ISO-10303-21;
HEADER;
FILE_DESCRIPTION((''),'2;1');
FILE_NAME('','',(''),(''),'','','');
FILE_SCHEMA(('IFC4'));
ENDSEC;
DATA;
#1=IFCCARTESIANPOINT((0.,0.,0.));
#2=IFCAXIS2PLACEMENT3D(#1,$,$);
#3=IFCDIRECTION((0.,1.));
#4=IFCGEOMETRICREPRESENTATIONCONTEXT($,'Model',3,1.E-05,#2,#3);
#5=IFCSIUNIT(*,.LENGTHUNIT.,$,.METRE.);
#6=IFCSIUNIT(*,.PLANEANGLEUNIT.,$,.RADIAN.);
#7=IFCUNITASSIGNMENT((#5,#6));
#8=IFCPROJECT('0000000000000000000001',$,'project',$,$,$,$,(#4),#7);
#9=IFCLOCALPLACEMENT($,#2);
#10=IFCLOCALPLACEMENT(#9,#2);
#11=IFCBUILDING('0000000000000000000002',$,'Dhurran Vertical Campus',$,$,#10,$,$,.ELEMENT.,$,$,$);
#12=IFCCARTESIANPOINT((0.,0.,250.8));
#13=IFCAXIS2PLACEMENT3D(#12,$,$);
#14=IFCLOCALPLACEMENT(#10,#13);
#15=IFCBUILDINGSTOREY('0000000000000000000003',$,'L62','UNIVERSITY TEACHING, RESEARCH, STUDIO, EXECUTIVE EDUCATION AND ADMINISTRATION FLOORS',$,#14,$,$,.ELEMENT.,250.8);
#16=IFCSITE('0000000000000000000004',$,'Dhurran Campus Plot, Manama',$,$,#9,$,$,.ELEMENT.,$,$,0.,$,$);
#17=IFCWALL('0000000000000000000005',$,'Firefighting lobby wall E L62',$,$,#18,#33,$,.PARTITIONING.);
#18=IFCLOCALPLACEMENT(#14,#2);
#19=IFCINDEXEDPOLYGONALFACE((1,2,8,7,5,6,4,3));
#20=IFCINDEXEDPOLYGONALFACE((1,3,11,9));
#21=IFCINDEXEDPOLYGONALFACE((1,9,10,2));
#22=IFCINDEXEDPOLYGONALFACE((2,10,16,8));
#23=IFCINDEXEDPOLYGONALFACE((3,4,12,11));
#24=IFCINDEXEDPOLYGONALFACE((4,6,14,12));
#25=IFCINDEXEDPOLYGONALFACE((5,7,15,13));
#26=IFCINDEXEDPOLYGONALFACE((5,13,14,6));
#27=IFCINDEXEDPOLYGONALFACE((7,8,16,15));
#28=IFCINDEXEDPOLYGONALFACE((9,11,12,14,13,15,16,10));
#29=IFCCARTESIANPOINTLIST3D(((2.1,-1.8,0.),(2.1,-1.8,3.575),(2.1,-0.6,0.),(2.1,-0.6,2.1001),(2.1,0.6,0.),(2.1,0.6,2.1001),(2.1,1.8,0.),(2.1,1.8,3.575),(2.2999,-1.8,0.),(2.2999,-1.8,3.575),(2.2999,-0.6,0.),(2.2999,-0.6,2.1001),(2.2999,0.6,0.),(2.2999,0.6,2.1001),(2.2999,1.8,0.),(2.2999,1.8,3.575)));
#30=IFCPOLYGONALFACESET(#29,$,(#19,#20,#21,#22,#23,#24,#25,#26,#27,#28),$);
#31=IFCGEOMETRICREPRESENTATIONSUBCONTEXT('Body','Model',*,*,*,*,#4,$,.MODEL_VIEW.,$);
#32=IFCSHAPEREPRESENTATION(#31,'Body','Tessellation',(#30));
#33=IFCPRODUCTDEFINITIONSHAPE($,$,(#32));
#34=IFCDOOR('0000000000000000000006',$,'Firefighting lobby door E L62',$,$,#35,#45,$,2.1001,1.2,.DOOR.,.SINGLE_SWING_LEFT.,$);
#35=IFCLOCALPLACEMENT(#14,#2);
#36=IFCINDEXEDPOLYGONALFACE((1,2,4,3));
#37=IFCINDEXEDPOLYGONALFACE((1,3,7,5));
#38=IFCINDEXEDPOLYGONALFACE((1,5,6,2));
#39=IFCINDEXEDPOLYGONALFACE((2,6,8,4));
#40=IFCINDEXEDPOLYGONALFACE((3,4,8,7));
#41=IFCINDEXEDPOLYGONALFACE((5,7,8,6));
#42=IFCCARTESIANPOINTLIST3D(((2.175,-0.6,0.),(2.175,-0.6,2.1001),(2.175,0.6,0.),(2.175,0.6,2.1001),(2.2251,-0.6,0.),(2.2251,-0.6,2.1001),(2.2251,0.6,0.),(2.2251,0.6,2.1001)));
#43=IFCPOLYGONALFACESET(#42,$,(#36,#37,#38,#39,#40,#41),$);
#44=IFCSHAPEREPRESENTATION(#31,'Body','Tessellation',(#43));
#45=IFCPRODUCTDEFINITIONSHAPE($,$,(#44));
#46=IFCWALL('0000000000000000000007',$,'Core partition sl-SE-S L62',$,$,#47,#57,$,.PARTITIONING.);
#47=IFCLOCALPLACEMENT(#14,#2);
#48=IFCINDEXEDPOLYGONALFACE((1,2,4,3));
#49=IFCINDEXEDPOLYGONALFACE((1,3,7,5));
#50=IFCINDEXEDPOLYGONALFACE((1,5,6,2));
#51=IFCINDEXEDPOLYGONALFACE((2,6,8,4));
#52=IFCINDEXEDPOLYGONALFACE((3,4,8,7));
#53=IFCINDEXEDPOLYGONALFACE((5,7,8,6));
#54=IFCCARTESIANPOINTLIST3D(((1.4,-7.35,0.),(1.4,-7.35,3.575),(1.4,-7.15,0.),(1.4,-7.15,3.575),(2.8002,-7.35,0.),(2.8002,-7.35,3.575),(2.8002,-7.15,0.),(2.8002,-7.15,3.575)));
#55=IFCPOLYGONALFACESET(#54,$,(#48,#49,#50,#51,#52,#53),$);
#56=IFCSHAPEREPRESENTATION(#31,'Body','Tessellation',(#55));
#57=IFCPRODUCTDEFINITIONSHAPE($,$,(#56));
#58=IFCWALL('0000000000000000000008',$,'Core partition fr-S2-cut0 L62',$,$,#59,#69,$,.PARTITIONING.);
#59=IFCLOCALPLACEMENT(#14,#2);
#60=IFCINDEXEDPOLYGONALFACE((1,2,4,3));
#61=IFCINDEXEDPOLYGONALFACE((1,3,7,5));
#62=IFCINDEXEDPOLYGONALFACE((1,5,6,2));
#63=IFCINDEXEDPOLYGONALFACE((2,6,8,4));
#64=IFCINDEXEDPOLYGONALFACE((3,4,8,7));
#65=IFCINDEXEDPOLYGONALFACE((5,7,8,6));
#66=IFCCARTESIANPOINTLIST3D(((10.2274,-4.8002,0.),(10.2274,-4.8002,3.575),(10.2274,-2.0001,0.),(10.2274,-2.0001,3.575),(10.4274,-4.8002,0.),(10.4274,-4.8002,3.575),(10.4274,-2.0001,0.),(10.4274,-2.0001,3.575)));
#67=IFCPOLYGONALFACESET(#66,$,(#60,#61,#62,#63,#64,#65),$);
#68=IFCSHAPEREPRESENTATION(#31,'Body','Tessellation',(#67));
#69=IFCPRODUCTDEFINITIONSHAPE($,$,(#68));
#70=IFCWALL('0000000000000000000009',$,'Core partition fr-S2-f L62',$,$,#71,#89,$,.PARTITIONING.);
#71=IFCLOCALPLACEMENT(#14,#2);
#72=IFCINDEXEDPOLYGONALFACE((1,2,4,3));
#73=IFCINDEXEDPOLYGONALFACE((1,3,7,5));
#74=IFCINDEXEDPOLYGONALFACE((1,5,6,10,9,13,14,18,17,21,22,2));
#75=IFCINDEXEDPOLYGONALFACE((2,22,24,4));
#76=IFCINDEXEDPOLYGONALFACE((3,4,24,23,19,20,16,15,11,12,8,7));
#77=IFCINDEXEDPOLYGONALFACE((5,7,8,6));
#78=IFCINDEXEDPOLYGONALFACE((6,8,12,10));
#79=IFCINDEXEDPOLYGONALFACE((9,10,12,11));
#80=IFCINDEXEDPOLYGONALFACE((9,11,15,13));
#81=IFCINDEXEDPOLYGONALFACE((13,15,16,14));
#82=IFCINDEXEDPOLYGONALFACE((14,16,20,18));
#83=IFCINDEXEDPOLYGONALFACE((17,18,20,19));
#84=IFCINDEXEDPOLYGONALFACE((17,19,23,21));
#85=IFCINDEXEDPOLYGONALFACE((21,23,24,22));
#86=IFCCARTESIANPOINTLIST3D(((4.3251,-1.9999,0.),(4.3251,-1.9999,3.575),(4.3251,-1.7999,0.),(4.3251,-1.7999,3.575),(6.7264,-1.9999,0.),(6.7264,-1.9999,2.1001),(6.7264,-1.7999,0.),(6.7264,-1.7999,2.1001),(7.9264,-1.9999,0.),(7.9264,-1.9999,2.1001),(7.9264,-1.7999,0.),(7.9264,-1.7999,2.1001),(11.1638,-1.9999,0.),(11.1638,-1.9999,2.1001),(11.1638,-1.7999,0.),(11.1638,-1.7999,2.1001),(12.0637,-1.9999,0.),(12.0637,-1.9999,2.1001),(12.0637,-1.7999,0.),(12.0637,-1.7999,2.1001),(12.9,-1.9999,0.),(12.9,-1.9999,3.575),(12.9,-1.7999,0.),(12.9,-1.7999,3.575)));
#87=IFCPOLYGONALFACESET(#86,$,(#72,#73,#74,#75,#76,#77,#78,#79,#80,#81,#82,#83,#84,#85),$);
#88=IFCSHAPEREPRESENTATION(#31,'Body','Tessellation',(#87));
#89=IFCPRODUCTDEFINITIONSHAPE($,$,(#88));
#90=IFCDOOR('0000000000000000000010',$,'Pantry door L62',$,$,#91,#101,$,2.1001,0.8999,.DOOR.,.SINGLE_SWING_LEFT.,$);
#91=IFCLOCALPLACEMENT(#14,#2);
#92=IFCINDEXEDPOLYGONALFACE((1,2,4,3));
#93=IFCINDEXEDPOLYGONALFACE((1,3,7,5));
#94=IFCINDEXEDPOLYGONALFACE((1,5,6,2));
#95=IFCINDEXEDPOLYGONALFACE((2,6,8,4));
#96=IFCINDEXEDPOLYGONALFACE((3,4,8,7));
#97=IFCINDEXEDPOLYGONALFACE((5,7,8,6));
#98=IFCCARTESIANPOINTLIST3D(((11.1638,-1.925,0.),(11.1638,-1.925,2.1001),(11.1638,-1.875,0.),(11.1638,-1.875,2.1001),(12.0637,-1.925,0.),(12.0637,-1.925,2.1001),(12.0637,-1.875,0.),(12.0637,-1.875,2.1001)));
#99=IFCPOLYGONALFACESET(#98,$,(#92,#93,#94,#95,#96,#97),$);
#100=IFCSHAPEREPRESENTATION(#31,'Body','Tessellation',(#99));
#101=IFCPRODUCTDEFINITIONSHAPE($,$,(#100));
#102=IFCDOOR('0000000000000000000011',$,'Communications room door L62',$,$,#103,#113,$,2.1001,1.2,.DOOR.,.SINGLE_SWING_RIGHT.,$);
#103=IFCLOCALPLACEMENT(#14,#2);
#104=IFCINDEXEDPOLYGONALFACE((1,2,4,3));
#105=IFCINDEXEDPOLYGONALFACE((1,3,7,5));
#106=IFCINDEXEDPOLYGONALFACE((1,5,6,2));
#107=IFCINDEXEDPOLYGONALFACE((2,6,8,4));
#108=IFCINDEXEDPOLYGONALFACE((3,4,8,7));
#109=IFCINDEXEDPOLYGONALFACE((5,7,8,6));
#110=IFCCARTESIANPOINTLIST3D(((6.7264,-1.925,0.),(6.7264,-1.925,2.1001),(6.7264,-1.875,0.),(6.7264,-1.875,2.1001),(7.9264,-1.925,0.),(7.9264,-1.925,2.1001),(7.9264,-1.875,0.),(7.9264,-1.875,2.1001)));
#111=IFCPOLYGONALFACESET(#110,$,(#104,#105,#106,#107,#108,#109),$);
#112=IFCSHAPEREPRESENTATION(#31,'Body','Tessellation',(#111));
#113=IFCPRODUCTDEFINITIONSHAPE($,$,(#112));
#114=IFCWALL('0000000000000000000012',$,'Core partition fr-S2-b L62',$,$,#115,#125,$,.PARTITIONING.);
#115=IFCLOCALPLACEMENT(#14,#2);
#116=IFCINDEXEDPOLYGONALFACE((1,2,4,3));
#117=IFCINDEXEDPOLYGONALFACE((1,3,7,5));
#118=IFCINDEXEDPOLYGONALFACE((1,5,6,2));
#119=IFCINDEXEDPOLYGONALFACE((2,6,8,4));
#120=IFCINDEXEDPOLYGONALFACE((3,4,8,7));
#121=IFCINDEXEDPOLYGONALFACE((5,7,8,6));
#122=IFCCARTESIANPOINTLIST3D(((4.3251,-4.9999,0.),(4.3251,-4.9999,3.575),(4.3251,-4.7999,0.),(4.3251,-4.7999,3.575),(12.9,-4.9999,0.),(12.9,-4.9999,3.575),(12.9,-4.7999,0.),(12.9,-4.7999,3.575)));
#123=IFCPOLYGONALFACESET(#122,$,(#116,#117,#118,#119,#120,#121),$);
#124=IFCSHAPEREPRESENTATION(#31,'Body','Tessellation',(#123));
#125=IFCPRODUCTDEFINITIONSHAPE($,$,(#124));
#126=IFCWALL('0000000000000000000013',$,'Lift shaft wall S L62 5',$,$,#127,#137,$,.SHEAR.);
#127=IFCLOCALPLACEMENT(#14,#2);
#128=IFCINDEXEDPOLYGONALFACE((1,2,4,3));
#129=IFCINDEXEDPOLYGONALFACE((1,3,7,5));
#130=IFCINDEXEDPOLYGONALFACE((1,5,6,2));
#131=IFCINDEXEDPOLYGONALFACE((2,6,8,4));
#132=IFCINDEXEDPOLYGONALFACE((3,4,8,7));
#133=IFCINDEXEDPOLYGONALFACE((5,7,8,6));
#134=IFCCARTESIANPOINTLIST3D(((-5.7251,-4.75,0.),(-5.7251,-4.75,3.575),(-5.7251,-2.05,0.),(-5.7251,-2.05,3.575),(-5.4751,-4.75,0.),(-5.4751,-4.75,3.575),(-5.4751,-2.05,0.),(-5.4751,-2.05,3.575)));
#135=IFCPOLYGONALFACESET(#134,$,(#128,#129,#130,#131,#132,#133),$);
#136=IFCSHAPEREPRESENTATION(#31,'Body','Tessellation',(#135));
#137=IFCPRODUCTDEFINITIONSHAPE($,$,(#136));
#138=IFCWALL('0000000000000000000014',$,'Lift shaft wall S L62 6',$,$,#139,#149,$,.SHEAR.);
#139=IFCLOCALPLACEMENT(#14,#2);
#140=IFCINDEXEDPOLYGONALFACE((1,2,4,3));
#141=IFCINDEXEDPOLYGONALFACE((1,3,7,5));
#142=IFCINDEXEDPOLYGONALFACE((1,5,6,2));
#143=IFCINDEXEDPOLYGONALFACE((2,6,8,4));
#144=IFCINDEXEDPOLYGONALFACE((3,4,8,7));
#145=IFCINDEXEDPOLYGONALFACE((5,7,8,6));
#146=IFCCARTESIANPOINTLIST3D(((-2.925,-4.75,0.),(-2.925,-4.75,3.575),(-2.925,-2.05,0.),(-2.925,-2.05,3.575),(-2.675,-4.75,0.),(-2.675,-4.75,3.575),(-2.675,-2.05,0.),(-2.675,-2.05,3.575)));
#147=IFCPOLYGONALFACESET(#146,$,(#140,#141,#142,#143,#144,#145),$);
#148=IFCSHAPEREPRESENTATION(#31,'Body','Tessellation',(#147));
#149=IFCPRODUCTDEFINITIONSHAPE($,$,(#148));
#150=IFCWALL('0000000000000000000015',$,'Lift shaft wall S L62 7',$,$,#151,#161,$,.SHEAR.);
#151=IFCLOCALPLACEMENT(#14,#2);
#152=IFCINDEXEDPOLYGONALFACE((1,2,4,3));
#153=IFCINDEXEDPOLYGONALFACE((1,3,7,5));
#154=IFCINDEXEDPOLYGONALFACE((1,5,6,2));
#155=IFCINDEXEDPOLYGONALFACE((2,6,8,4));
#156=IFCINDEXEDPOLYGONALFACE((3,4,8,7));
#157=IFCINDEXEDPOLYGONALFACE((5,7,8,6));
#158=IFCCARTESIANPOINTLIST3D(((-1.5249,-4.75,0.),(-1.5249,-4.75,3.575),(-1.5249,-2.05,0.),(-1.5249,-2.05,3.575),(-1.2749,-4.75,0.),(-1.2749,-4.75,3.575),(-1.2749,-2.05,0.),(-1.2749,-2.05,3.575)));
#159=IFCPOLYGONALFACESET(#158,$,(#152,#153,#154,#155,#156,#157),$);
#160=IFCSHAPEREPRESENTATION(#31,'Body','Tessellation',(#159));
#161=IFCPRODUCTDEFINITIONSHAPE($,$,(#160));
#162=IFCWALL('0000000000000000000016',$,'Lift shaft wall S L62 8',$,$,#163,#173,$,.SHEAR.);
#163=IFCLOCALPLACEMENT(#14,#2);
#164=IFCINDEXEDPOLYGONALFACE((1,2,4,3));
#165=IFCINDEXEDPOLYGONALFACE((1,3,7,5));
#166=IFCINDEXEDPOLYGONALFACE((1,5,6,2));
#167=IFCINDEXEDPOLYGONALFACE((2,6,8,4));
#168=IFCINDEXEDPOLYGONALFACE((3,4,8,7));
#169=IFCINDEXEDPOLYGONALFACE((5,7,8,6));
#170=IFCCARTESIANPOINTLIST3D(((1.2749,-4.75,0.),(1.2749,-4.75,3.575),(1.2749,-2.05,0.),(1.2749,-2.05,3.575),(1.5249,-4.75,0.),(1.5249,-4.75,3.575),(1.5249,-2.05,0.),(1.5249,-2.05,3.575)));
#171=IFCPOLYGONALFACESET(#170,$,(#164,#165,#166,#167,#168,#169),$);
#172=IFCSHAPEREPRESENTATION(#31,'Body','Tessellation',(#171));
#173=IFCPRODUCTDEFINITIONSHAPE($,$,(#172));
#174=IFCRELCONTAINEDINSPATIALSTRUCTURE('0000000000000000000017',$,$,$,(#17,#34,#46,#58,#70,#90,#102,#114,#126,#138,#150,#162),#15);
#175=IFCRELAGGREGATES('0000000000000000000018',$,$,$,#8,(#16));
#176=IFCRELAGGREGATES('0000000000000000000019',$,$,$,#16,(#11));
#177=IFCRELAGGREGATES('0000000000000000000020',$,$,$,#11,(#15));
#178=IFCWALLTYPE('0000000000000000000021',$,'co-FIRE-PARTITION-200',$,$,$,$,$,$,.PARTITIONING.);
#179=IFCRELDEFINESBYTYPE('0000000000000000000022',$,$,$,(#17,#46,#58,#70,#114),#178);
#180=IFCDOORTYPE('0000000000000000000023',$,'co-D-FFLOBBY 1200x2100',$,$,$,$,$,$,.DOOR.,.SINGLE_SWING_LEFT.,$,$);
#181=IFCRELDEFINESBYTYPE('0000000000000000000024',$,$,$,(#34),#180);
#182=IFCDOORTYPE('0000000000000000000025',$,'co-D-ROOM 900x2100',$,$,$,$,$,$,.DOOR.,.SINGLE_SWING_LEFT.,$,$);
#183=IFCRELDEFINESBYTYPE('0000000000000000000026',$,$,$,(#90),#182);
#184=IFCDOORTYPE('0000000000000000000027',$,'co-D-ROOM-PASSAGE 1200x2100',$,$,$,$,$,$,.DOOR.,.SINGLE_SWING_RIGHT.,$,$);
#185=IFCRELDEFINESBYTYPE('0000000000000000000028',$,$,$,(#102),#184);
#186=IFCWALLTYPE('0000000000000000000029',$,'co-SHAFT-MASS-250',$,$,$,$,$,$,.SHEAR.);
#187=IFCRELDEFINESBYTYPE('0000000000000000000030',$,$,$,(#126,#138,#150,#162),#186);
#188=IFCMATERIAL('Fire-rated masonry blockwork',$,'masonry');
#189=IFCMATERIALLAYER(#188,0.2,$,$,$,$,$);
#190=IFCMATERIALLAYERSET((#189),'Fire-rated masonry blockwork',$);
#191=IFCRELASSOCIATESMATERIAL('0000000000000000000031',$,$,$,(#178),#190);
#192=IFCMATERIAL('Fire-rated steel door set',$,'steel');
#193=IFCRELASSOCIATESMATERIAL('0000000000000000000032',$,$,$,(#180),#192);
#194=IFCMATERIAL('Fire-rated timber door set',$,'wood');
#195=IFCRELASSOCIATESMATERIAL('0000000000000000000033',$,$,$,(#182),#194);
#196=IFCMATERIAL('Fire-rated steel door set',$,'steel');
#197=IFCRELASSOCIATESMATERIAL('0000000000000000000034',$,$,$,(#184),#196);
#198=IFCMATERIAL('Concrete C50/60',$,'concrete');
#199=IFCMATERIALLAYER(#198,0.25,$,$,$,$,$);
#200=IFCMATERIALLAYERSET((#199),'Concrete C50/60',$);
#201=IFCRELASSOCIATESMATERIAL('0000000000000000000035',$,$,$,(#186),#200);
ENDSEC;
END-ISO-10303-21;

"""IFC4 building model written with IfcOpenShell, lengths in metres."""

from ifc_helpers import new_model, si_unit, direction, frame, frame_2d, origin, place, context, subcontext, project, spatial, polyline, rectangle, outline, extrude, material, layer, layer_set, type_object, element, fill, save


model = new_model("IFC4")

# Units and contexts
model_context = context("Model", 3, precision=1e-05, world=origin(), true_north=direction((0.0, 1.0)))
body_context = subcontext(model_context, "Body", "Model", "MODEL_VIEW")
ifc_project = project(units=[si_unit("LENGTHUNIT", "METRE"), si_unit("PLANEANGLEUNIT", "RADIAN")], contexts=[model_context])

# Site, building, storey
site_placement = place(None, origin())
site = spatial("IfcSite", under=ifc_project, at=site_placement, Name="Dhurran Campus Plot, Manama", CompositionType="ELEMENT", RefElevation=0.0)
building_placement = place(site_placement, origin())
building = spatial("IfcBuilding", under=site, at=building_placement, Name="Dhurran Vertical Campus", CompositionType="ELEMENT")
storey_placement = place(building_placement, frame((0.0, 0.0, 250.8)))
storey = spatial("IfcBuildingStorey", under=building, at=storey_placement, Name="L62", Description="UNIVERSITY TEACHING, RESEARCH, STUDIO, EXECUTIVE EDUCATION AND ADMINISTRATION FLOORS", CompositionType="ELEMENT", Elevation=250.8)

# Wall, opening, door
ifc_material_1 = material(Name="Fire-rated masonry blockwork", Category="masonry")
ifc_layer_1 = layer(ifc_material_1, 0.2)
ifc_layer_set_1 = layer_set([ifc_layer_1], Name="Fire-rated masonry blockwork")
wall_type_1 = type_object("IfcWallType", Name="co-FIRE-PARTITION-200", PredefinedType="PARTITIONING", material=ifc_layer_set_1)
wall_1_placement = place(storey_placement, frame((2.2, -1.8, 0.0), z_axis=(0.0, 0.0, 1.0), x_axis=(0.0, 1.0, 0.0)))
wall_1 = element("IfcWall", 1, at=wall_1_placement, inside=storey, type_object=wall_type_1, Name="Firefighting lobby wall E L62", PredefinedType="PARTITIONING", context=body_context, shape_type="SweptSolid", body=[
    extrude(rectangle(XDim=3.6001, YDim=0.2, at=frame_2d((1.8, 0.0))), origin(), (0.0, 0.0, 1.0), 3.575),
])
opening_1_placement = place(wall_1_placement, frame((1.2, 0.0, 0.0)))
opening_1 = element("IfcOpeningElement", 2, at=opening_1_placement, cuts=wall_1, PredefinedType="OPENING", context=body_context, shape_type="SweptSolid", body=[
    extrude(rectangle(XDim=1.2, YDim=2.1001, at=frame_2d((0.6001, 1.05))), frame((0.0, 0.1099, 0.0), z_axis=(0.0, -1.0, 0.0), x_axis=(1.0, 0.0, 0.0)), (0.0, 0.0, 1.0), 0.22),
])
ifc_material_2 = material(Name="Fire-rated steel door set", Category="steel")
door_type_1 = type_object("IfcDoorType", Name="co-D-FFLOBBY 1200x2100", OperationType="SINGLE_SWING_LEFT", PredefinedType="DOOR", material=ifc_material_2)
door_1_placement = place(opening_1_placement, origin())
door_1 = element("IfcDoor", 3, at=door_1_placement, inside=storey, type_object=door_type_1, Name="Firefighting lobby door E L62", OperationType="SINGLE_SWING_LEFT", OverallHeight=2.1001, OverallWidth=1.2, PredefinedType="DOOR", context=body_context, shape_type="SweptSolid", body=[
    extrude(rectangle(XDim=1.2, YDim=2.1001, at=frame_2d((0.6001, 1.05))), frame((0.0, 0.0249, 0.0), z_axis=(0.0, -1.0, 0.0), x_axis=(1.0, 0.0, 0.0)), (0.0, 0.0, 1.0), 0.05),
])
fill(opening_1, door_1)

# Walls
wall_2_placement = place(storey_placement, frame((1.3999, -7.25, 0.0), z_axis=(0.0, 0.0, 1.0), x_axis=(1.0, 0.0, 0.0)))
element("IfcWall", 4, at=wall_2_placement, inside=storey, type_object=wall_type_1, Name="Core partition sl-SE-S L62", PredefinedType="PARTITIONING", context=body_context, shape_type="SweptSolid", body=[
    extrude(rectangle(XDim=1.4001, YDim=0.2, at=frame_2d((0.7002, 0.0))), origin(), (0.0, 0.0, 1.0), 3.575),
])
wall_3_placement = place(storey_placement, frame((10.3274, -4.8, 0.0), z_axis=(0.0, 0.0, 1.0), x_axis=(0.0, 1.0, 0.0)))
element("IfcWall", 5, at=wall_3_placement, inside=storey, type_object=wall_type_1, Name="Core partition fr-S2-cut0 L62", PredefinedType="PARTITIONING", context=body_context, shape_type="SweptSolid", body=[
    extrude(rectangle(XDim=2.8, YDim=0.2, at=frame_2d((1.3999, 0.0))), origin(), (0.0, 0.0, 1.0), 3.575),
])

# Wall, openings, doors
wall_4_placement = place(storey_placement, frame((4.325, -1.8999, 0.0), z_axis=(0.0, 0.0, 1.0), x_axis=(1.0, 0.0, 0.0)))
wall_4 = element("IfcWall", 6, at=wall_4_placement, inside=storey, type_object=wall_type_1, Name="Core partition fr-S2-f L62", PredefinedType="PARTITIONING", context=body_context, shape_type="SweptSolid", body=[
    extrude(rectangle(XDim=8.575, YDim=0.2, at=frame_2d((4.2876, 0.0))), origin(), (0.0, 0.0, 1.0), 3.575),
])
opening_2_placement = place(wall_4_placement, frame((2.4014, 0.0, 0.0)))
opening_2 = element("IfcOpeningElement", 7, at=opening_2_placement, cuts=wall_4, PredefinedType="OPENING", context=body_context, shape_type="SweptSolid", body=[
    extrude(rectangle(XDim=1.2, YDim=2.1001, at=frame_2d((0.6001, 1.05))), frame((0.0, 0.1099, 0.0), z_axis=(0.0, -1.0, 0.0), x_axis=(1.0, 0.0, 0.0)), (0.0, 0.0, 1.0), 0.22),
])
opening_3_placement = place(wall_4_placement, frame((6.8389, 0.0, 0.0)))
opening_3 = element("IfcOpeningElement", 8, at=opening_3_placement, cuts=wall_4, PredefinedType="OPENING", context=body_context, shape_type="SweptSolid", body=[
    extrude(rectangle(XDim=0.8999, YDim=2.1001, at=frame_2d((0.45, 1.05))), frame((0.0, 0.1099, 0.0), z_axis=(0.0, -1.0, 0.0), x_axis=(1.0, 0.0, 0.0)), (0.0, 0.0, 1.0), 0.22),
])
ifc_material_3 = material(Name="Fire-rated timber door set", Category="wood")
door_type_2 = type_object("IfcDoorType", Name="co-D-ROOM 900x2100", OperationType="SINGLE_SWING_LEFT", PredefinedType="DOOR", material=ifc_material_3)
door_2_placement = place(opening_3_placement, origin())
door_2 = element("IfcDoor", 9, at=door_2_placement, inside=storey, type_object=door_type_2, Name="Pantry door L62", OperationType="SINGLE_SWING_LEFT", OverallHeight=2.1001, OverallWidth=0.8999, PredefinedType="DOOR", context=body_context, shape_type="SweptSolid", body=[
    extrude(rectangle(XDim=0.8999, YDim=2.1001, at=frame_2d((0.45, 1.05))), frame((0.0, 0.0249, 0.0), z_axis=(0.0, -1.0, 0.0), x_axis=(1.0, 0.0, 0.0)), (0.0, 0.0, 1.0), 0.05),
])
fill(opening_3, door_2)
ifc_material_4 = material(Name="Fire-rated steel door set", Category="steel")
door_type_3 = type_object("IfcDoorType", Name="co-D-ROOM-PASSAGE 1200x2100", OperationType="SINGLE_SWING_RIGHT", PredefinedType="DOOR", material=ifc_material_4)
door_3_placement = place(opening_2_placement, origin())
door_3 = element("IfcDoor", 10, at=door_3_placement, inside=storey, type_object=door_type_3, Name="Communications room door L62", OperationType="SINGLE_SWING_RIGHT", OverallHeight=2.1001, OverallWidth=1.2, PredefinedType="DOOR", context=body_context, shape_type="SweptSolid", body=[
    extrude(rectangle(XDim=1.2, YDim=2.1001, at=frame_2d((0.6001, 1.05))), frame((0.0, 0.0249, 0.0), z_axis=(0.0, -1.0, 0.0), x_axis=(1.0, 0.0, 0.0)), (0.0, 0.0, 1.0), 0.05),
])
fill(opening_2, door_3)

# Walls
wall_5_placement = place(storey_placement, frame((4.325, -4.8999, 0.0), z_axis=(0.0, 0.0, 1.0), x_axis=(1.0, 0.0, 0.0)))
element("IfcWall", 11, at=wall_5_placement, inside=storey, type_object=wall_type_1, Name="Core partition fr-S2-b L62", PredefinedType="PARTITIONING", context=body_context, shape_type="SweptSolid", body=[
    extrude(rectangle(XDim=8.575, YDim=0.2, at=frame_2d((4.2876, 0.0))), origin(), (0.0, 0.0, 1.0), 3.575),
])
ifc_material_5 = material(Name="Concrete C50/60", Category="concrete")
ifc_layer_2 = layer(ifc_material_5, 0.25)
ifc_layer_set_2 = layer_set([ifc_layer_2], Name="Concrete C50/60")
wall_type_2 = type_object("IfcWallType", Name="co-SHAFT-MASS-250", PredefinedType="SHEAR", material=ifc_layer_set_2)
wall_6_placement = place(storey_placement, origin())
element("IfcWall", 12, at=wall_6_placement, inside=storey, type_object=wall_type_2, Name="Lift shaft wall S L62 5", PredefinedType="SHEAR", context=body_context, shape_type="SweptSolid", body=[
    extrude(outline(polyline([(-5.7251, -4.75), (-5.4751, -4.75), (-5.4751, -2.05), (-5.7251, -2.05), (-5.7251, -4.75)])), origin(), (0.0, 0.0, 1.0), 3.575),
])
wall_7_placement = place(storey_placement, origin())
element("IfcWall", 13, at=wall_7_placement, inside=storey, type_object=wall_type_2, Name="Lift shaft wall S L62 6", PredefinedType="SHEAR", context=body_context, shape_type="SweptSolid", body=[
    extrude(outline(polyline([(-2.925, -4.75), (-2.675, -4.75), (-2.675, -2.05), (-2.925, -2.05), (-2.925, -4.75)])), origin(), (0.0, 0.0, 1.0), 3.575),
])
wall_8_placement = place(storey_placement, origin())
element("IfcWall", 14, at=wall_8_placement, inside=storey, type_object=wall_type_2, Name="Lift shaft wall S L62 7", PredefinedType="SHEAR", context=body_context, shape_type="SweptSolid", body=[
    extrude(outline(polyline([(-1.5249, -4.75), (-1.2749, -4.75), (-1.2749, -2.05), (-1.5249, -2.05), (-1.5249, -4.75)])), origin(), (0.0, 0.0, 1.0), 3.575),
])
wall_9_placement = place(storey_placement, origin())
element("IfcWall", 15, at=wall_9_placement, inside=storey, type_object=wall_type_2, Name="Lift shaft wall S L62 8", PredefinedType="SHEAR", context=body_context, shape_type="SweptSolid", body=[
    extrude(outline(polyline([(1.2749, -4.75), (1.5249, -4.75), (1.5249, -2.05), (1.2749, -2.05), (1.2749, -4.75)])), origin(), (0.0, 0.0, 1.0), 3.575),
])

save(model, "model.ifc")
